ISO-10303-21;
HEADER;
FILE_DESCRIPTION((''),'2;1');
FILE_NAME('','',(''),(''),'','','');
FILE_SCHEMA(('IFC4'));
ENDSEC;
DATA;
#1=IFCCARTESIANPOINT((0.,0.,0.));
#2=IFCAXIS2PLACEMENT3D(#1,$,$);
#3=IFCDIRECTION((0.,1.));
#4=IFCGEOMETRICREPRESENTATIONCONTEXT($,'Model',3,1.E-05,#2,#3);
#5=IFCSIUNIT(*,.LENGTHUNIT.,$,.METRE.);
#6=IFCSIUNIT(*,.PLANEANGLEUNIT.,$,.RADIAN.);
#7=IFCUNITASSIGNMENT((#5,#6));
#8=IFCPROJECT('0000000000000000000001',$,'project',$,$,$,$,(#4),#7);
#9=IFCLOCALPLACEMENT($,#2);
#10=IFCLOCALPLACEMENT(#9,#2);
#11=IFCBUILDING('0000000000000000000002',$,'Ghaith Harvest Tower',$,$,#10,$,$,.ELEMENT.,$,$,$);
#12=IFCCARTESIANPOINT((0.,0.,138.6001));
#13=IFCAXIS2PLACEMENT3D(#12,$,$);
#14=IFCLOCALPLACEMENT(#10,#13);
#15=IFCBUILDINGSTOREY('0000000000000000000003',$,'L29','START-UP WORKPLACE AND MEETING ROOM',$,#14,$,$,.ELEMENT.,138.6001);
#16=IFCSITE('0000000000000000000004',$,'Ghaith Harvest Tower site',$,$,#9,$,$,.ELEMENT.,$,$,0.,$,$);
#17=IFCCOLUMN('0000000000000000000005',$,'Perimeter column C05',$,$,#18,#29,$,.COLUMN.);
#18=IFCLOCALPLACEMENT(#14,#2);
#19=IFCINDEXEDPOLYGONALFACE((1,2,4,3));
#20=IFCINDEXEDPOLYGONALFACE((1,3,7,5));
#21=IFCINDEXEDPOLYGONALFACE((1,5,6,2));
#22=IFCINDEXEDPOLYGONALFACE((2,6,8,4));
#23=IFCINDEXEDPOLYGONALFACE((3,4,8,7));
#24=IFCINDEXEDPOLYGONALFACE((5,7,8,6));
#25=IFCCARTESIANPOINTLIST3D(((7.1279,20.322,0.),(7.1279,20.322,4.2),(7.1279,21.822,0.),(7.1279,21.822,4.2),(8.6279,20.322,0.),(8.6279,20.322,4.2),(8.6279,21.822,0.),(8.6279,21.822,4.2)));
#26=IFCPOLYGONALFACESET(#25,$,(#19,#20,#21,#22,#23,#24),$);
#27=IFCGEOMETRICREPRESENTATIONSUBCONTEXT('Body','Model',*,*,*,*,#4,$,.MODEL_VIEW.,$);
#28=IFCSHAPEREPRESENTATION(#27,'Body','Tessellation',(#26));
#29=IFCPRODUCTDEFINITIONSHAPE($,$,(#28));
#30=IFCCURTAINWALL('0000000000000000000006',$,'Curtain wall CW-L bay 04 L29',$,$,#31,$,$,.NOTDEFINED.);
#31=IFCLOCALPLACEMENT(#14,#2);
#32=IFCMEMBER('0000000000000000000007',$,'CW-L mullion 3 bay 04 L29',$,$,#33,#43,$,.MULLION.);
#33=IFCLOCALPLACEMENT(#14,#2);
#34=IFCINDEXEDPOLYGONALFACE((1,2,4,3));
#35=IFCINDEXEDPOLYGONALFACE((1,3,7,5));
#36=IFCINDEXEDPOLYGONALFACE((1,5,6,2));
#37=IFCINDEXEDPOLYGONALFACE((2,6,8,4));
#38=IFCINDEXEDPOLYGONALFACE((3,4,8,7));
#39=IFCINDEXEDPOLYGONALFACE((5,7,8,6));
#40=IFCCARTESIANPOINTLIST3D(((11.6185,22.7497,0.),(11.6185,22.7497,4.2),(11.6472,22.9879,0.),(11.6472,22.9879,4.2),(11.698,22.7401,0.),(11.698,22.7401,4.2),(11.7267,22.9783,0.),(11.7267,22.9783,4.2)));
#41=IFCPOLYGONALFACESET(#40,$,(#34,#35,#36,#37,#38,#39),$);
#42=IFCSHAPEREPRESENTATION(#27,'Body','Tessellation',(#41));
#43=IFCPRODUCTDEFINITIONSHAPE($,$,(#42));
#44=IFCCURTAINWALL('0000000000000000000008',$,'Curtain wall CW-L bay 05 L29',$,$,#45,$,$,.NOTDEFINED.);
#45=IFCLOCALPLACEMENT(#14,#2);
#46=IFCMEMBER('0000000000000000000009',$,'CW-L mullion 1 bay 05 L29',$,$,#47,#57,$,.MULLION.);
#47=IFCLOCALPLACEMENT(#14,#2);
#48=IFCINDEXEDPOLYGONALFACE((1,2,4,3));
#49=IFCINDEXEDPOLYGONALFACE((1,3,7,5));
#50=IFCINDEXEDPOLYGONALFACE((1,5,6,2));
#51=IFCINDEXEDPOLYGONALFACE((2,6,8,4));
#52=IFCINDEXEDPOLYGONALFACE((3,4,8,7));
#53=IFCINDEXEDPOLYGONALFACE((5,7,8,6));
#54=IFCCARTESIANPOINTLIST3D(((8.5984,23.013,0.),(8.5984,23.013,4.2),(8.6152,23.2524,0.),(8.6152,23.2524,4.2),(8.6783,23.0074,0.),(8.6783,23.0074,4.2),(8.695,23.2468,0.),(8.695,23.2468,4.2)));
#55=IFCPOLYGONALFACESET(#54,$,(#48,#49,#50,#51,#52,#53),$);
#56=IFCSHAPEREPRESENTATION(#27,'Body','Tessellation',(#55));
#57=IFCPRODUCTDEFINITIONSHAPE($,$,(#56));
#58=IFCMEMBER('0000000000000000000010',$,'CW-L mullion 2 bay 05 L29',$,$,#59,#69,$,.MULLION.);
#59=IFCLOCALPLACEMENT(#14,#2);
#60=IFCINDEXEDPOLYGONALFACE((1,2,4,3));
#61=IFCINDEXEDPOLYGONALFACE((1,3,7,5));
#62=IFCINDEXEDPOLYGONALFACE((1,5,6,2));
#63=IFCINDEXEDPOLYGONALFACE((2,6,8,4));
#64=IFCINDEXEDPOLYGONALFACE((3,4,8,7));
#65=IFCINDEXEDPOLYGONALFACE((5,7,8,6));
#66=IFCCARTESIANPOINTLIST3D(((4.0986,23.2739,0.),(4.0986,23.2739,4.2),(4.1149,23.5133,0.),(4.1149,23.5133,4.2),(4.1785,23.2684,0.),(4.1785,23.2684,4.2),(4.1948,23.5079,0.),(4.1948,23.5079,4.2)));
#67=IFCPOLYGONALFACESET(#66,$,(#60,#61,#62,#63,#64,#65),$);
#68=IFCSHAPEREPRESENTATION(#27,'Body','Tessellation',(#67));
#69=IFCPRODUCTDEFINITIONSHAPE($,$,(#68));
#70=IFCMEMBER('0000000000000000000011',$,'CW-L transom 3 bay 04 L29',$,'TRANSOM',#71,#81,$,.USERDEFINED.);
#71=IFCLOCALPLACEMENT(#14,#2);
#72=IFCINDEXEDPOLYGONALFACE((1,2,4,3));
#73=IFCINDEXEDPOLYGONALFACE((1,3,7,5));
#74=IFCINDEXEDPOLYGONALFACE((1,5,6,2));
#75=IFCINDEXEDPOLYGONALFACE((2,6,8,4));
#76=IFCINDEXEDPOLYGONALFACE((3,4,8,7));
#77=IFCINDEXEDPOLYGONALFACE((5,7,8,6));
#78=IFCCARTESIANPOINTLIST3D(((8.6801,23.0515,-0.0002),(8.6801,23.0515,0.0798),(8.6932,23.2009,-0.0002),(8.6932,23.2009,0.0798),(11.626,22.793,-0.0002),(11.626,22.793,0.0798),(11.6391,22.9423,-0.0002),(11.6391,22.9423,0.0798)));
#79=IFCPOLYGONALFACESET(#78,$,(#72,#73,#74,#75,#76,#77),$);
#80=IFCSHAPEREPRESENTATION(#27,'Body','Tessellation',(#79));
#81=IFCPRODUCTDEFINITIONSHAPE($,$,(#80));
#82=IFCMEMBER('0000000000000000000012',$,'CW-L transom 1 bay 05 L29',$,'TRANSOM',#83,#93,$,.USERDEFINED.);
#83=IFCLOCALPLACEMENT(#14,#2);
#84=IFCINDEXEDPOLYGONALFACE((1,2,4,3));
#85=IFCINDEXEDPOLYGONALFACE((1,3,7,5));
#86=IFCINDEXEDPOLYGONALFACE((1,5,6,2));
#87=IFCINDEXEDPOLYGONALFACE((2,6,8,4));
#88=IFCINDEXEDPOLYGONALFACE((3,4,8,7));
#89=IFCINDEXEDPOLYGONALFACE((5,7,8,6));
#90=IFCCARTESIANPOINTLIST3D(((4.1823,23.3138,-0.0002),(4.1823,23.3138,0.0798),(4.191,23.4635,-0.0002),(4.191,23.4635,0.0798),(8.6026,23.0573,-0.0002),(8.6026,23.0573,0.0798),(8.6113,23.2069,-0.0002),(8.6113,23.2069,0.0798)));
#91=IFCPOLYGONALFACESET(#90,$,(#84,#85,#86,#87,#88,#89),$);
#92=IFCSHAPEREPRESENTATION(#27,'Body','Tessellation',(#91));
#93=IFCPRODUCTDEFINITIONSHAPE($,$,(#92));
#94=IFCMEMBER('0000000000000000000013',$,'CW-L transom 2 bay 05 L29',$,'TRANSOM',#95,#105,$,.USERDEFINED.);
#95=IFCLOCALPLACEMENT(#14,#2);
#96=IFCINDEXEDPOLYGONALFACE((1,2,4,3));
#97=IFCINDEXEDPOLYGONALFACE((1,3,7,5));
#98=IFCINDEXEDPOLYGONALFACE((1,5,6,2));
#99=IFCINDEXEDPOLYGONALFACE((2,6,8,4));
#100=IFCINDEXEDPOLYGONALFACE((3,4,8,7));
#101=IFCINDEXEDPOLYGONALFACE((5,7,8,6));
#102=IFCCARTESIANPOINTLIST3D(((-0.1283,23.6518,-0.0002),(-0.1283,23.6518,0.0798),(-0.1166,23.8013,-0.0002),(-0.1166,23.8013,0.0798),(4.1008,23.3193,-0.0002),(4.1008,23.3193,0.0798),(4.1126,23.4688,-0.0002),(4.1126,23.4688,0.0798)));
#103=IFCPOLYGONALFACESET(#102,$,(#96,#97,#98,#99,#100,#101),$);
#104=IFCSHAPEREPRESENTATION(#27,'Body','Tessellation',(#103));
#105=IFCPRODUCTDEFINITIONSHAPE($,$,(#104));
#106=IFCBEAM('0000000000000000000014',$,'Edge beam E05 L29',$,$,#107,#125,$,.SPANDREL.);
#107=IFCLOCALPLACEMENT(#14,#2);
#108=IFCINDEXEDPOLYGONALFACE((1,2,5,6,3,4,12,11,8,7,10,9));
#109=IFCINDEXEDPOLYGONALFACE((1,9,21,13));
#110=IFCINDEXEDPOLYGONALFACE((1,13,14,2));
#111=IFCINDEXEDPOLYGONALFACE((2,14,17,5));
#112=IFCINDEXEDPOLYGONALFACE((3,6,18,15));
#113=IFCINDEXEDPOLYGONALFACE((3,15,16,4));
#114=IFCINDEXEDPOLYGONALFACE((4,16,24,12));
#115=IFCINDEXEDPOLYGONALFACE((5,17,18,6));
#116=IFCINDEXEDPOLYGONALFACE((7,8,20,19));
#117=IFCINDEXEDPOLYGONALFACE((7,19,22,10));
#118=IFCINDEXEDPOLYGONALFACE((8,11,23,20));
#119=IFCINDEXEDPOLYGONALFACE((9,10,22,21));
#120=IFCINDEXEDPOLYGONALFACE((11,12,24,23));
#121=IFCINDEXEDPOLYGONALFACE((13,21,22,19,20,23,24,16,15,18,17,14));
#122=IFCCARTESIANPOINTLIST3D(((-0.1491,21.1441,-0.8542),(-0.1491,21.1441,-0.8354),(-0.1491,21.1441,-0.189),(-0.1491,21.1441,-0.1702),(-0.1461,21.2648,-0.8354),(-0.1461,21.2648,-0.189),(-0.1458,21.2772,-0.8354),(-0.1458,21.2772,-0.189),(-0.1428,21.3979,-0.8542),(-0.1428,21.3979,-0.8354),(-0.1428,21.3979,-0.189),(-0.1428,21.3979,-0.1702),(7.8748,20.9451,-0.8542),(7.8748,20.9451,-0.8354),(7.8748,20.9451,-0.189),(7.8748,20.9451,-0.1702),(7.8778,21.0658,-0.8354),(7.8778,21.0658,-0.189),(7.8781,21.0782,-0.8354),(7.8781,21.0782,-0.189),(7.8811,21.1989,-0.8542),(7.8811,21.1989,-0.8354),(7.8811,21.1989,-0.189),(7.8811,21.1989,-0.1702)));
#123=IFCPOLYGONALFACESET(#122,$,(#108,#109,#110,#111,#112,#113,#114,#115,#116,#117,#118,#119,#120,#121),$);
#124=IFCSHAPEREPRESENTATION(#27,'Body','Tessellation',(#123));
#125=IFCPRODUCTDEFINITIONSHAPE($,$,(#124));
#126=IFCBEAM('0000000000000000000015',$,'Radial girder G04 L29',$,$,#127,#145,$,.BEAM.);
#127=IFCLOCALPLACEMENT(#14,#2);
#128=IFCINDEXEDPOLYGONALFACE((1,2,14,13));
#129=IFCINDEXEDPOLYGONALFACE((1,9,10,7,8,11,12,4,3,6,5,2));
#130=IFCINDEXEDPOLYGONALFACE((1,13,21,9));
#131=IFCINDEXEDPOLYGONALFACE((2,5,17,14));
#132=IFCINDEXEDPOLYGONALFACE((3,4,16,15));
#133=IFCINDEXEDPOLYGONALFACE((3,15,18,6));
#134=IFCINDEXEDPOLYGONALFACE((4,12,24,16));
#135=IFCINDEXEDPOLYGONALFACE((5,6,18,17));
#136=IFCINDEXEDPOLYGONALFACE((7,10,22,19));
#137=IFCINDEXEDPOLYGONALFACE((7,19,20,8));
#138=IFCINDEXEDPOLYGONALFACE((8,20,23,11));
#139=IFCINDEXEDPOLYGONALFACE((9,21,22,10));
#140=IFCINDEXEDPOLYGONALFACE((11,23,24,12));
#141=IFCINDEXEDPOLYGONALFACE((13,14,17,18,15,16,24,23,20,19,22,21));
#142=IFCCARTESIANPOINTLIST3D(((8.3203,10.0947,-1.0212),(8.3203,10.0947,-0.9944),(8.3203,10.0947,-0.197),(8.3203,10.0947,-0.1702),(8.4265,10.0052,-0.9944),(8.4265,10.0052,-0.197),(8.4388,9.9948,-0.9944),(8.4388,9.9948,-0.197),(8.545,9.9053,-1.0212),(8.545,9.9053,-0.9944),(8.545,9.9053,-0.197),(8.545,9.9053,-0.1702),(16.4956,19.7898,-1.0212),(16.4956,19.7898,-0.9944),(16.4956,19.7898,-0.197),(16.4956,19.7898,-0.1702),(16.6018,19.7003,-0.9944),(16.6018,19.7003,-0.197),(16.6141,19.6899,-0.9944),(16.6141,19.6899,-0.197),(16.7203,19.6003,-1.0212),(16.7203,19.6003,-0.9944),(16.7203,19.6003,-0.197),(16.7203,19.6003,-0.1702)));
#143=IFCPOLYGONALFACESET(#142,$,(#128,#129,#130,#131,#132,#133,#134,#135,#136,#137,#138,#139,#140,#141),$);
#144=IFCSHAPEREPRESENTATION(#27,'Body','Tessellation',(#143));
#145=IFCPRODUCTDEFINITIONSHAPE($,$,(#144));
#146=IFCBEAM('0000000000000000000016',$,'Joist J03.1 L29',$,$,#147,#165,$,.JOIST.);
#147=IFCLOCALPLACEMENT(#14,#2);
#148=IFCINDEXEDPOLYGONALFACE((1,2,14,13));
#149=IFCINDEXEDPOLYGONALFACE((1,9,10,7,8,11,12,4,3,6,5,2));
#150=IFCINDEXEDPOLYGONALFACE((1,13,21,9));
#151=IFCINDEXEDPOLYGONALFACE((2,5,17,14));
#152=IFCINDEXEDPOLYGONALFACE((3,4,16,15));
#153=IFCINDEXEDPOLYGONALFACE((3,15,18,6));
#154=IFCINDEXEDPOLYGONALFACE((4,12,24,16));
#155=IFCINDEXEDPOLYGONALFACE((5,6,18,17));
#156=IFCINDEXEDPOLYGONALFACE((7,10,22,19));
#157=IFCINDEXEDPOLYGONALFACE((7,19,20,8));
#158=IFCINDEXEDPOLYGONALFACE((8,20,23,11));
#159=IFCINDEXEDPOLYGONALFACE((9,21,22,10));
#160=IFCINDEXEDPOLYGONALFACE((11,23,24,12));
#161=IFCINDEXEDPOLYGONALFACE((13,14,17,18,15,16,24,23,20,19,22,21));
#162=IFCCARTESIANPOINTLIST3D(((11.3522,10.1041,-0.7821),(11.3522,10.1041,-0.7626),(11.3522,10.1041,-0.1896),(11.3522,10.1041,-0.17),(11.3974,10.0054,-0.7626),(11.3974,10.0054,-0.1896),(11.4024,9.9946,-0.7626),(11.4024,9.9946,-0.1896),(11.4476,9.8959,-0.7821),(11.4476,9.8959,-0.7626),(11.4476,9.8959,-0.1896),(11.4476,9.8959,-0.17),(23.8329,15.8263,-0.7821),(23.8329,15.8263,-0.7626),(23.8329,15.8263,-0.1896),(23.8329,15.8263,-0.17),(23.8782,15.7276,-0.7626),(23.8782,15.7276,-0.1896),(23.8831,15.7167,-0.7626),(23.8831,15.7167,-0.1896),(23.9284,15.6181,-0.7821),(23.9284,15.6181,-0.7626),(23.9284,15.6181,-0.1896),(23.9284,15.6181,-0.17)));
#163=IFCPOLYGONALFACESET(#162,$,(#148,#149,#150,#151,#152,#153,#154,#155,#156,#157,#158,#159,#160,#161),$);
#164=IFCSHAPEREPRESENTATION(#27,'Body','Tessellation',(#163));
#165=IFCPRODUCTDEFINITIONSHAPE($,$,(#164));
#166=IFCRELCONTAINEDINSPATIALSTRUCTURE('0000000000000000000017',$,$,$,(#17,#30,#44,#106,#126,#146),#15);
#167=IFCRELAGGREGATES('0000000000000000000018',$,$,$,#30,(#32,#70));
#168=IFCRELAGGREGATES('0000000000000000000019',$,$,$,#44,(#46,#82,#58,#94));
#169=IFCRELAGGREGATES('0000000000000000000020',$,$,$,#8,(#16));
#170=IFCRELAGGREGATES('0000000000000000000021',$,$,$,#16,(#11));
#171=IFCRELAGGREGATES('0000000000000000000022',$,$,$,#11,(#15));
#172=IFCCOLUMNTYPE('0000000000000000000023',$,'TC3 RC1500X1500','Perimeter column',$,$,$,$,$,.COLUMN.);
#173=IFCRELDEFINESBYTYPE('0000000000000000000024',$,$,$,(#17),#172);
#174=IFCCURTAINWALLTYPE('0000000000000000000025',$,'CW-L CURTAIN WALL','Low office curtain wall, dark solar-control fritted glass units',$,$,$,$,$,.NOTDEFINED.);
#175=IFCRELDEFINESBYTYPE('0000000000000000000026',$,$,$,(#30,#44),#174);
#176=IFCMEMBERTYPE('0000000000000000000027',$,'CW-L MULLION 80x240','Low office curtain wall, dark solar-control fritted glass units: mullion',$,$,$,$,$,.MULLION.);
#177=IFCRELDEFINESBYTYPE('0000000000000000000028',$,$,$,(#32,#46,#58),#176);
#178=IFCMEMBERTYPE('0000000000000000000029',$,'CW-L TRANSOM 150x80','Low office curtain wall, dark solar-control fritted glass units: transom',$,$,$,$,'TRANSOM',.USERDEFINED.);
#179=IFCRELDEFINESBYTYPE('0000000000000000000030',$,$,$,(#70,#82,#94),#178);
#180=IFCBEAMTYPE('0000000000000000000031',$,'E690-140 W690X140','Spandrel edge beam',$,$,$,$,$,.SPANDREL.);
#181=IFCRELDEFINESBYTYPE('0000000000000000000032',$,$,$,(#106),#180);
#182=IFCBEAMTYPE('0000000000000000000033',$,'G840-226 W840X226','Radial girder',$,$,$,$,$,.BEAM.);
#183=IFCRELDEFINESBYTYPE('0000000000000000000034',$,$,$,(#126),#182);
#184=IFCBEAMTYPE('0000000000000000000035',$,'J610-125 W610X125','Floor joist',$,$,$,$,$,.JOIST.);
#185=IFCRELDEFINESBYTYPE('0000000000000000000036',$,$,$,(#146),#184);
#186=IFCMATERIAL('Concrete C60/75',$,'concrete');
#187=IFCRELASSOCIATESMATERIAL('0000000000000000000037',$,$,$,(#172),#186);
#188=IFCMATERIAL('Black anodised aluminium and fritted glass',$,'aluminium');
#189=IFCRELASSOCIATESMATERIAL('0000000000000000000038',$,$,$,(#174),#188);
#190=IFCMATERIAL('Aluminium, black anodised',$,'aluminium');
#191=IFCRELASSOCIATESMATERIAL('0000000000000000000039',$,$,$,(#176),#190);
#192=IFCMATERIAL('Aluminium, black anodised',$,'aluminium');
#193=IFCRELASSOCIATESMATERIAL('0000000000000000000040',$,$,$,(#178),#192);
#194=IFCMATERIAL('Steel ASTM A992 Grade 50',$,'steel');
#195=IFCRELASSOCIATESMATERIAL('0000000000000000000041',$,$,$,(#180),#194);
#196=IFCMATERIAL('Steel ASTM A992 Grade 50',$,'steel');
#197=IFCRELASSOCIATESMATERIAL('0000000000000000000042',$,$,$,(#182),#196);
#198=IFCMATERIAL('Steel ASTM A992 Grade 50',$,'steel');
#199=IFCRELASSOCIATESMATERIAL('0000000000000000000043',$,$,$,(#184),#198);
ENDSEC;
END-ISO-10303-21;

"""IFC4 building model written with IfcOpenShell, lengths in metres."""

from ifc_helpers import new_model, si_unit, direction, frame, origin, origin_2d, place, context, subcontext, project, spatial, rectangle, i_section, extrude, material, material_profile, profile_set, type_object, element, aggregate, save


model = new_model("IFC4")

# Units and contexts
model_context = context("Model", 3, precision=1e-05, world=origin(), true_north=direction((0.0, 1.0)))
body_context = subcontext(model_context, "Body", "Model", "MODEL_VIEW")
ifc_project = project(units=[si_unit("LENGTHUNIT", "METRE"), si_unit("PLANEANGLEUNIT", "RADIAN")], contexts=[model_context])

# Site, building, storey
site_placement = place(None, origin())
site = spatial("IfcSite", under=ifc_project, at=site_placement, Name="Ghaith Harvest Tower site", CompositionType="ELEMENT", RefElevation=0.0)
building_placement = place(site_placement, origin())
building = spatial("IfcBuilding", under=site, at=building_placement, Name="Ghaith Harvest Tower", CompositionType="ELEMENT")
storey_placement = place(building_placement, frame((0.0, 0.0, 138.6001)))
storey = spatial("IfcBuildingStorey", under=building, at=storey_placement, Name="L29", Description="START-UP WORKPLACE AND MEETING ROOM", CompositionType="ELEMENT", Elevation=138.6001)

# Column
ifc_material_1 = material(Name="Concrete C60/75", Category="concrete")
ifc_material_profile_1 = material_profile(ifc_material_1, rectangle(XDim=1.5, YDim=1.5, at=origin_2d()), Name="RC1500X1500")
ifc_profile_set_1 = profile_set([ifc_material_profile_1], Name="Concrete C60/75")
column_type = type_object("IfcColumnType", Name="TC3 RC1500X1500", Description="Perimeter column", PredefinedType="COLUMN", material=ifc_profile_set_1)
column_placement = place(storey_placement, frame((7.8779, 21.072, 0.0), z_axis=(0.0, 0.0, 1.0), x_axis=(1.0, 0.0, 0.0)))
element("IfcColumn", 1, at=column_placement, inside=storey, type_object=column_type, Name="Perimeter column C05", PredefinedType="COLUMN", context=body_context, shape_type="SweptSolid", body=[
    extrude(rectangle(XDim=1.5, YDim=1.5, at=origin_2d()), origin(), (0.0, 0.0, 1.0), 4.2),
])

# Curtain wall, member
ifc_material_2 = material(Name="Black anodised aluminium and fritted glass", Category="aluminium")
curtain_wall_type = type_object("IfcCurtainWallType", Name="CW-L CURTAIN WALL", Description="Low office curtain wall, dark solar-control fritted glass units", PredefinedType="NOTDEFINED", material=ifc_material_2)
curtain_wall_1_placement = place(storey_placement, origin())
curtain_wall_1 = element("IfcCurtainWall", 2, at=curtain_wall_1_placement, inside=storey, type_object=curtain_wall_type, Name="Curtain wall CW-L bay 04 L29", PredefinedType="NOTDEFINED")
ifc_material_3 = material(Name="Aluminium, black anodised", Category="aluminium")
ifc_material_profile_2 = material_profile(ifc_material_3, rectangle(XDim=0.0801, YDim=0.24, at=origin_2d()), Name="CW-L MULLION 80x240")
ifc_profile_set_2 = profile_set([ifc_material_profile_2], Name="Aluminium, black anodised")
member_type_1 = type_object("IfcMemberType", Name="CW-L MULLION 80x240", Description="Low office curtain wall, dark solar-control fritted glass units: mullion", PredefinedType="MULLION", material=ifc_profile_set_2)
member_1_placement = place(storey_placement, frame((11.6726, 22.864, 0.0), z_axis=(0.0, 0.0, 1.0), x_axis=(-0.9928, 0.11978, 0.0)))
member_1 = element("IfcMember", 3, at=member_1_placement, type_object=member_type_1, Name="CW-L mullion 3 bay 04 L29", PredefinedType="MULLION", context=body_context, shape_type="SweptSolid", body=[
    extrude(rectangle(XDim=0.0801, YDim=0.24, at=origin_2d()), origin(), (0.0, 0.0, 1.0), 4.2),
])

# Curtain wall, members
curtain_wall_2_placement = place(storey_placement, origin())
curtain_wall_2 = element("IfcCurtainWall", 4, at=curtain_wall_2_placement, inside=storey, type_object=curtain_wall_type, Name="Curtain wall CW-L bay 05 L29", PredefinedType="NOTDEFINED")
member_2_placement = place(storey_placement, frame((8.6467, 23.1299, 0.0), z_axis=(0.0, 0.0, 1.0), x_axis=(-0.997559, 0.069832, 0.0)))
member_2 = element("IfcMember", 5, at=member_2_placement, type_object=member_type_1, Name="CW-L mullion 1 bay 05 L29", PredefinedType="MULLION", context=body_context, shape_type="SweptSolid", body=[
    extrude(rectangle(XDim=0.0801, YDim=0.24, at=origin_2d()), origin(), (0.0, 0.0, 1.0), 4.2),
])
member_3_placement = place(storey_placement, frame((4.1467, 23.3909, 0.0), z_axis=(0.0, 0.0, 1.0), x_axis=(-0.99769, 0.067933, 0.0)))
member_3 = element("IfcMember", 6, at=member_3_placement, type_object=member_type_1, Name="CW-L mullion 2 bay 05 L29", PredefinedType="MULLION", context=body_context, shape_type="SweptSolid", body=[
    extrude(rectangle(XDim=0.0801, YDim=0.24, at=origin_2d()), origin(), (0.0, 0.0, 1.0), 4.2),
])

# Members
ifc_material_4 = material(Name="Aluminium, black anodised", Category="aluminium")
ifc_material_profile_3 = material_profile(ifc_material_4, rectangle(XDim=0.1499, YDim=0.0801, at=origin_2d()), Name="CW-L TRANSOM 150x80")
ifc_profile_set_3 = profile_set([ifc_material_profile_3], Name="Aluminium, black anodised")
member_type_2 = type_object("IfcMemberType", Name="CW-L TRANSOM 150x80", Description="Low office curtain wall, dark solar-control fritted glass units: transom", ElementType="TRANSOM", PredefinedType="USERDEFINED", material=ifc_profile_set_3)
member_4_placement = place(storey_placement, frame((11.6326, 22.8677, 0.0398), z_axis=(-0.996171, 0.087424, 0.0), x_axis=(-0.087424, -0.996171, 0.0)))
member_4 = element("IfcMember", 7, at=member_4_placement, type_object=member_type_2, Name="CW-L transom 3 bay 04 L29", ObjectType="TRANSOM", PredefinedType="USERDEFINED", context=body_context, shape_type="SweptSolid", body=[
    extrude(rectangle(XDim=0.1499, YDim=0.0801, at=origin_2d()), origin(), (0.0, 0.0, 1.0), 2.9573),
])
member_5_placement = place(storey_placement, frame((8.6069, 23.1321, 0.0398), z_axis=(-0.99832, 0.05795, 0.0), x_axis=(-0.05795, -0.99832, 0.0)))
member_5 = element("IfcMember", 8, at=member_5_placement, type_object=member_type_2, Name="CW-L transom 1 bay 05 L29", ObjectType="TRANSOM", PredefinedType="USERDEFINED", context=body_context, shape_type="SweptSolid", body=[
    extrude(rectangle(XDim=0.1499, YDim=0.0801, at=origin_2d()), origin(), (0.0, 0.0, 1.0), 4.4277),
])
member_6_placement = place(storey_placement, frame((4.1067, 23.394, 0.0398), z_axis=(-0.996923, 0.078382, 0.0), x_axis=(-0.078382, -0.996923, 0.0)))
member_6 = element("IfcMember", 9, at=member_6_placement, type_object=member_type_2, Name="CW-L transom 2 bay 05 L29", ObjectType="TRANSOM", PredefinedType="USERDEFINED", context=body_context, shape_type="SweptSolid", body=[
    extrude(rectangle(XDim=0.1499, YDim=0.0801, at=origin_2d()), origin(), (0.0, 0.0, 1.0), 4.2422),
])

# Beams
ifc_material_5 = material(Name="Steel ASTM A992 Grade 50", Category="steel")
ifc_material_profile_4 = material_profile(ifc_material_5, i_section(OverallWidth=0.2539, OverallDepth=0.6841, WebThickness=0.0125, FlangeThickness=0.0188, at=origin_2d()), Name="W690X140")
ifc_profile_set_4 = profile_set([ifc_material_profile_4], Name="Steel ASTM A992 Grade 50")
beam_type_1 = type_object("IfcBeamType", Name="E690-140 W690X140", Description="Spandrel edge beam", PredefinedType="SPANDREL", material=ifc_profile_set_4)
beam_1_placement = place(storey_placement, frame((7.8779, 21.072, -0.5122), z_axis=(-0.999693, 0.02479, 0.0), x_axis=(-0.02479, -0.999693, 0.0)))
element("IfcBeam", 10, at=beam_1_placement, inside=storey, type_object=beam_type_1, Name="Edge beam E05 L29", PredefinedType="SPANDREL", context=body_context, shape_type="SweptSolid", body=[
    extrude(i_section(OverallWidth=0.2539, OverallDepth=0.6841, WebThickness=0.0125, FlangeThickness=0.0188, at=origin_2d()), origin(), (0.0, 0.0, 1.0), 8.0264),
])
ifc_material_6 = material(Name="Steel ASTM A992 Grade 50", Category="steel")
ifc_material_profile_5 = material_profile(ifc_material_6, i_section(OverallWidth=0.2939, OverallDepth=0.8511, WebThickness=0.0161, FlangeThickness=0.0269, at=origin_2d()), Name="W840X226")
ifc_profile_set_5 = profile_set([ifc_material_profile_5], Name="Steel ASTM A992 Grade 50")
beam_type_2 = type_object("IfcBeamType", Name="G840-226 W840X226", Description="Radial girder", PredefinedType="BEAM", material=ifc_profile_set_5)
beam_2_placement = place(storey_placement, frame((8.4326, 10.0, -0.5957), z_axis=(0.644644, 0.764483, 0.0), x_axis=(-0.764483, 0.644644, 0.0)))
element("IfcBeam", 11, at=beam_2_placement, inside=storey, type_object=beam_type_2, Name="Radial girder G04 L29", PredefinedType="BEAM", context=body_context, shape_type="SweptSolid", body=[
    extrude(i_section(OverallWidth=0.2939, OverallDepth=0.8511, WebThickness=0.0161, FlangeThickness=0.0269, at=origin_2d()), origin(), (0.0, 0.0, 1.0), 12.6819),
])
ifc_material_7 = material(Name="Steel ASTM A992 Grade 50", Category="steel")
ifc_material_profile_6 = material_profile(ifc_material_7, i_section(OverallWidth=0.229, OverallDepth=0.6121, WebThickness=0.012, FlangeThickness=0.0195, at=origin_2d()), Name="W610X125")
ifc_profile_set_6 = profile_set([ifc_material_profile_6], Name="Steel ASTM A992 Grade 50")
beam_type_3 = type_object("IfcBeamType", Name="J610-125 W610X125", Description="Floor joist", PredefinedType="JOIST", material=ifc_profile_set_6)
beam_3_placement = place(storey_placement, frame((11.3999, 10.0, -0.4761), z_axis=(0.909014, 0.416766, 0.0), x_axis=(-0.416766, 0.909014, 0.0)))
element("IfcBeam", 12, at=beam_3_placement, inside=storey, type_object=beam_type_3, Name="Joist J03.1 L29", PredefinedType="JOIST", context=body_context, shape_type="SweptSolid", body=[
    extrude(i_section(OverallWidth=0.229, OverallDepth=0.6121, WebThickness=0.012, FlangeThickness=0.0195, at=origin_2d()), origin(), (0.0, 0.0, 1.0), 13.73),
])

aggregate(curtain_wall_1, [member_1, member_4])
aggregate(curtain_wall_2, [member_2, member_5, member_3, member_6])

save(model, "model.ifc")
